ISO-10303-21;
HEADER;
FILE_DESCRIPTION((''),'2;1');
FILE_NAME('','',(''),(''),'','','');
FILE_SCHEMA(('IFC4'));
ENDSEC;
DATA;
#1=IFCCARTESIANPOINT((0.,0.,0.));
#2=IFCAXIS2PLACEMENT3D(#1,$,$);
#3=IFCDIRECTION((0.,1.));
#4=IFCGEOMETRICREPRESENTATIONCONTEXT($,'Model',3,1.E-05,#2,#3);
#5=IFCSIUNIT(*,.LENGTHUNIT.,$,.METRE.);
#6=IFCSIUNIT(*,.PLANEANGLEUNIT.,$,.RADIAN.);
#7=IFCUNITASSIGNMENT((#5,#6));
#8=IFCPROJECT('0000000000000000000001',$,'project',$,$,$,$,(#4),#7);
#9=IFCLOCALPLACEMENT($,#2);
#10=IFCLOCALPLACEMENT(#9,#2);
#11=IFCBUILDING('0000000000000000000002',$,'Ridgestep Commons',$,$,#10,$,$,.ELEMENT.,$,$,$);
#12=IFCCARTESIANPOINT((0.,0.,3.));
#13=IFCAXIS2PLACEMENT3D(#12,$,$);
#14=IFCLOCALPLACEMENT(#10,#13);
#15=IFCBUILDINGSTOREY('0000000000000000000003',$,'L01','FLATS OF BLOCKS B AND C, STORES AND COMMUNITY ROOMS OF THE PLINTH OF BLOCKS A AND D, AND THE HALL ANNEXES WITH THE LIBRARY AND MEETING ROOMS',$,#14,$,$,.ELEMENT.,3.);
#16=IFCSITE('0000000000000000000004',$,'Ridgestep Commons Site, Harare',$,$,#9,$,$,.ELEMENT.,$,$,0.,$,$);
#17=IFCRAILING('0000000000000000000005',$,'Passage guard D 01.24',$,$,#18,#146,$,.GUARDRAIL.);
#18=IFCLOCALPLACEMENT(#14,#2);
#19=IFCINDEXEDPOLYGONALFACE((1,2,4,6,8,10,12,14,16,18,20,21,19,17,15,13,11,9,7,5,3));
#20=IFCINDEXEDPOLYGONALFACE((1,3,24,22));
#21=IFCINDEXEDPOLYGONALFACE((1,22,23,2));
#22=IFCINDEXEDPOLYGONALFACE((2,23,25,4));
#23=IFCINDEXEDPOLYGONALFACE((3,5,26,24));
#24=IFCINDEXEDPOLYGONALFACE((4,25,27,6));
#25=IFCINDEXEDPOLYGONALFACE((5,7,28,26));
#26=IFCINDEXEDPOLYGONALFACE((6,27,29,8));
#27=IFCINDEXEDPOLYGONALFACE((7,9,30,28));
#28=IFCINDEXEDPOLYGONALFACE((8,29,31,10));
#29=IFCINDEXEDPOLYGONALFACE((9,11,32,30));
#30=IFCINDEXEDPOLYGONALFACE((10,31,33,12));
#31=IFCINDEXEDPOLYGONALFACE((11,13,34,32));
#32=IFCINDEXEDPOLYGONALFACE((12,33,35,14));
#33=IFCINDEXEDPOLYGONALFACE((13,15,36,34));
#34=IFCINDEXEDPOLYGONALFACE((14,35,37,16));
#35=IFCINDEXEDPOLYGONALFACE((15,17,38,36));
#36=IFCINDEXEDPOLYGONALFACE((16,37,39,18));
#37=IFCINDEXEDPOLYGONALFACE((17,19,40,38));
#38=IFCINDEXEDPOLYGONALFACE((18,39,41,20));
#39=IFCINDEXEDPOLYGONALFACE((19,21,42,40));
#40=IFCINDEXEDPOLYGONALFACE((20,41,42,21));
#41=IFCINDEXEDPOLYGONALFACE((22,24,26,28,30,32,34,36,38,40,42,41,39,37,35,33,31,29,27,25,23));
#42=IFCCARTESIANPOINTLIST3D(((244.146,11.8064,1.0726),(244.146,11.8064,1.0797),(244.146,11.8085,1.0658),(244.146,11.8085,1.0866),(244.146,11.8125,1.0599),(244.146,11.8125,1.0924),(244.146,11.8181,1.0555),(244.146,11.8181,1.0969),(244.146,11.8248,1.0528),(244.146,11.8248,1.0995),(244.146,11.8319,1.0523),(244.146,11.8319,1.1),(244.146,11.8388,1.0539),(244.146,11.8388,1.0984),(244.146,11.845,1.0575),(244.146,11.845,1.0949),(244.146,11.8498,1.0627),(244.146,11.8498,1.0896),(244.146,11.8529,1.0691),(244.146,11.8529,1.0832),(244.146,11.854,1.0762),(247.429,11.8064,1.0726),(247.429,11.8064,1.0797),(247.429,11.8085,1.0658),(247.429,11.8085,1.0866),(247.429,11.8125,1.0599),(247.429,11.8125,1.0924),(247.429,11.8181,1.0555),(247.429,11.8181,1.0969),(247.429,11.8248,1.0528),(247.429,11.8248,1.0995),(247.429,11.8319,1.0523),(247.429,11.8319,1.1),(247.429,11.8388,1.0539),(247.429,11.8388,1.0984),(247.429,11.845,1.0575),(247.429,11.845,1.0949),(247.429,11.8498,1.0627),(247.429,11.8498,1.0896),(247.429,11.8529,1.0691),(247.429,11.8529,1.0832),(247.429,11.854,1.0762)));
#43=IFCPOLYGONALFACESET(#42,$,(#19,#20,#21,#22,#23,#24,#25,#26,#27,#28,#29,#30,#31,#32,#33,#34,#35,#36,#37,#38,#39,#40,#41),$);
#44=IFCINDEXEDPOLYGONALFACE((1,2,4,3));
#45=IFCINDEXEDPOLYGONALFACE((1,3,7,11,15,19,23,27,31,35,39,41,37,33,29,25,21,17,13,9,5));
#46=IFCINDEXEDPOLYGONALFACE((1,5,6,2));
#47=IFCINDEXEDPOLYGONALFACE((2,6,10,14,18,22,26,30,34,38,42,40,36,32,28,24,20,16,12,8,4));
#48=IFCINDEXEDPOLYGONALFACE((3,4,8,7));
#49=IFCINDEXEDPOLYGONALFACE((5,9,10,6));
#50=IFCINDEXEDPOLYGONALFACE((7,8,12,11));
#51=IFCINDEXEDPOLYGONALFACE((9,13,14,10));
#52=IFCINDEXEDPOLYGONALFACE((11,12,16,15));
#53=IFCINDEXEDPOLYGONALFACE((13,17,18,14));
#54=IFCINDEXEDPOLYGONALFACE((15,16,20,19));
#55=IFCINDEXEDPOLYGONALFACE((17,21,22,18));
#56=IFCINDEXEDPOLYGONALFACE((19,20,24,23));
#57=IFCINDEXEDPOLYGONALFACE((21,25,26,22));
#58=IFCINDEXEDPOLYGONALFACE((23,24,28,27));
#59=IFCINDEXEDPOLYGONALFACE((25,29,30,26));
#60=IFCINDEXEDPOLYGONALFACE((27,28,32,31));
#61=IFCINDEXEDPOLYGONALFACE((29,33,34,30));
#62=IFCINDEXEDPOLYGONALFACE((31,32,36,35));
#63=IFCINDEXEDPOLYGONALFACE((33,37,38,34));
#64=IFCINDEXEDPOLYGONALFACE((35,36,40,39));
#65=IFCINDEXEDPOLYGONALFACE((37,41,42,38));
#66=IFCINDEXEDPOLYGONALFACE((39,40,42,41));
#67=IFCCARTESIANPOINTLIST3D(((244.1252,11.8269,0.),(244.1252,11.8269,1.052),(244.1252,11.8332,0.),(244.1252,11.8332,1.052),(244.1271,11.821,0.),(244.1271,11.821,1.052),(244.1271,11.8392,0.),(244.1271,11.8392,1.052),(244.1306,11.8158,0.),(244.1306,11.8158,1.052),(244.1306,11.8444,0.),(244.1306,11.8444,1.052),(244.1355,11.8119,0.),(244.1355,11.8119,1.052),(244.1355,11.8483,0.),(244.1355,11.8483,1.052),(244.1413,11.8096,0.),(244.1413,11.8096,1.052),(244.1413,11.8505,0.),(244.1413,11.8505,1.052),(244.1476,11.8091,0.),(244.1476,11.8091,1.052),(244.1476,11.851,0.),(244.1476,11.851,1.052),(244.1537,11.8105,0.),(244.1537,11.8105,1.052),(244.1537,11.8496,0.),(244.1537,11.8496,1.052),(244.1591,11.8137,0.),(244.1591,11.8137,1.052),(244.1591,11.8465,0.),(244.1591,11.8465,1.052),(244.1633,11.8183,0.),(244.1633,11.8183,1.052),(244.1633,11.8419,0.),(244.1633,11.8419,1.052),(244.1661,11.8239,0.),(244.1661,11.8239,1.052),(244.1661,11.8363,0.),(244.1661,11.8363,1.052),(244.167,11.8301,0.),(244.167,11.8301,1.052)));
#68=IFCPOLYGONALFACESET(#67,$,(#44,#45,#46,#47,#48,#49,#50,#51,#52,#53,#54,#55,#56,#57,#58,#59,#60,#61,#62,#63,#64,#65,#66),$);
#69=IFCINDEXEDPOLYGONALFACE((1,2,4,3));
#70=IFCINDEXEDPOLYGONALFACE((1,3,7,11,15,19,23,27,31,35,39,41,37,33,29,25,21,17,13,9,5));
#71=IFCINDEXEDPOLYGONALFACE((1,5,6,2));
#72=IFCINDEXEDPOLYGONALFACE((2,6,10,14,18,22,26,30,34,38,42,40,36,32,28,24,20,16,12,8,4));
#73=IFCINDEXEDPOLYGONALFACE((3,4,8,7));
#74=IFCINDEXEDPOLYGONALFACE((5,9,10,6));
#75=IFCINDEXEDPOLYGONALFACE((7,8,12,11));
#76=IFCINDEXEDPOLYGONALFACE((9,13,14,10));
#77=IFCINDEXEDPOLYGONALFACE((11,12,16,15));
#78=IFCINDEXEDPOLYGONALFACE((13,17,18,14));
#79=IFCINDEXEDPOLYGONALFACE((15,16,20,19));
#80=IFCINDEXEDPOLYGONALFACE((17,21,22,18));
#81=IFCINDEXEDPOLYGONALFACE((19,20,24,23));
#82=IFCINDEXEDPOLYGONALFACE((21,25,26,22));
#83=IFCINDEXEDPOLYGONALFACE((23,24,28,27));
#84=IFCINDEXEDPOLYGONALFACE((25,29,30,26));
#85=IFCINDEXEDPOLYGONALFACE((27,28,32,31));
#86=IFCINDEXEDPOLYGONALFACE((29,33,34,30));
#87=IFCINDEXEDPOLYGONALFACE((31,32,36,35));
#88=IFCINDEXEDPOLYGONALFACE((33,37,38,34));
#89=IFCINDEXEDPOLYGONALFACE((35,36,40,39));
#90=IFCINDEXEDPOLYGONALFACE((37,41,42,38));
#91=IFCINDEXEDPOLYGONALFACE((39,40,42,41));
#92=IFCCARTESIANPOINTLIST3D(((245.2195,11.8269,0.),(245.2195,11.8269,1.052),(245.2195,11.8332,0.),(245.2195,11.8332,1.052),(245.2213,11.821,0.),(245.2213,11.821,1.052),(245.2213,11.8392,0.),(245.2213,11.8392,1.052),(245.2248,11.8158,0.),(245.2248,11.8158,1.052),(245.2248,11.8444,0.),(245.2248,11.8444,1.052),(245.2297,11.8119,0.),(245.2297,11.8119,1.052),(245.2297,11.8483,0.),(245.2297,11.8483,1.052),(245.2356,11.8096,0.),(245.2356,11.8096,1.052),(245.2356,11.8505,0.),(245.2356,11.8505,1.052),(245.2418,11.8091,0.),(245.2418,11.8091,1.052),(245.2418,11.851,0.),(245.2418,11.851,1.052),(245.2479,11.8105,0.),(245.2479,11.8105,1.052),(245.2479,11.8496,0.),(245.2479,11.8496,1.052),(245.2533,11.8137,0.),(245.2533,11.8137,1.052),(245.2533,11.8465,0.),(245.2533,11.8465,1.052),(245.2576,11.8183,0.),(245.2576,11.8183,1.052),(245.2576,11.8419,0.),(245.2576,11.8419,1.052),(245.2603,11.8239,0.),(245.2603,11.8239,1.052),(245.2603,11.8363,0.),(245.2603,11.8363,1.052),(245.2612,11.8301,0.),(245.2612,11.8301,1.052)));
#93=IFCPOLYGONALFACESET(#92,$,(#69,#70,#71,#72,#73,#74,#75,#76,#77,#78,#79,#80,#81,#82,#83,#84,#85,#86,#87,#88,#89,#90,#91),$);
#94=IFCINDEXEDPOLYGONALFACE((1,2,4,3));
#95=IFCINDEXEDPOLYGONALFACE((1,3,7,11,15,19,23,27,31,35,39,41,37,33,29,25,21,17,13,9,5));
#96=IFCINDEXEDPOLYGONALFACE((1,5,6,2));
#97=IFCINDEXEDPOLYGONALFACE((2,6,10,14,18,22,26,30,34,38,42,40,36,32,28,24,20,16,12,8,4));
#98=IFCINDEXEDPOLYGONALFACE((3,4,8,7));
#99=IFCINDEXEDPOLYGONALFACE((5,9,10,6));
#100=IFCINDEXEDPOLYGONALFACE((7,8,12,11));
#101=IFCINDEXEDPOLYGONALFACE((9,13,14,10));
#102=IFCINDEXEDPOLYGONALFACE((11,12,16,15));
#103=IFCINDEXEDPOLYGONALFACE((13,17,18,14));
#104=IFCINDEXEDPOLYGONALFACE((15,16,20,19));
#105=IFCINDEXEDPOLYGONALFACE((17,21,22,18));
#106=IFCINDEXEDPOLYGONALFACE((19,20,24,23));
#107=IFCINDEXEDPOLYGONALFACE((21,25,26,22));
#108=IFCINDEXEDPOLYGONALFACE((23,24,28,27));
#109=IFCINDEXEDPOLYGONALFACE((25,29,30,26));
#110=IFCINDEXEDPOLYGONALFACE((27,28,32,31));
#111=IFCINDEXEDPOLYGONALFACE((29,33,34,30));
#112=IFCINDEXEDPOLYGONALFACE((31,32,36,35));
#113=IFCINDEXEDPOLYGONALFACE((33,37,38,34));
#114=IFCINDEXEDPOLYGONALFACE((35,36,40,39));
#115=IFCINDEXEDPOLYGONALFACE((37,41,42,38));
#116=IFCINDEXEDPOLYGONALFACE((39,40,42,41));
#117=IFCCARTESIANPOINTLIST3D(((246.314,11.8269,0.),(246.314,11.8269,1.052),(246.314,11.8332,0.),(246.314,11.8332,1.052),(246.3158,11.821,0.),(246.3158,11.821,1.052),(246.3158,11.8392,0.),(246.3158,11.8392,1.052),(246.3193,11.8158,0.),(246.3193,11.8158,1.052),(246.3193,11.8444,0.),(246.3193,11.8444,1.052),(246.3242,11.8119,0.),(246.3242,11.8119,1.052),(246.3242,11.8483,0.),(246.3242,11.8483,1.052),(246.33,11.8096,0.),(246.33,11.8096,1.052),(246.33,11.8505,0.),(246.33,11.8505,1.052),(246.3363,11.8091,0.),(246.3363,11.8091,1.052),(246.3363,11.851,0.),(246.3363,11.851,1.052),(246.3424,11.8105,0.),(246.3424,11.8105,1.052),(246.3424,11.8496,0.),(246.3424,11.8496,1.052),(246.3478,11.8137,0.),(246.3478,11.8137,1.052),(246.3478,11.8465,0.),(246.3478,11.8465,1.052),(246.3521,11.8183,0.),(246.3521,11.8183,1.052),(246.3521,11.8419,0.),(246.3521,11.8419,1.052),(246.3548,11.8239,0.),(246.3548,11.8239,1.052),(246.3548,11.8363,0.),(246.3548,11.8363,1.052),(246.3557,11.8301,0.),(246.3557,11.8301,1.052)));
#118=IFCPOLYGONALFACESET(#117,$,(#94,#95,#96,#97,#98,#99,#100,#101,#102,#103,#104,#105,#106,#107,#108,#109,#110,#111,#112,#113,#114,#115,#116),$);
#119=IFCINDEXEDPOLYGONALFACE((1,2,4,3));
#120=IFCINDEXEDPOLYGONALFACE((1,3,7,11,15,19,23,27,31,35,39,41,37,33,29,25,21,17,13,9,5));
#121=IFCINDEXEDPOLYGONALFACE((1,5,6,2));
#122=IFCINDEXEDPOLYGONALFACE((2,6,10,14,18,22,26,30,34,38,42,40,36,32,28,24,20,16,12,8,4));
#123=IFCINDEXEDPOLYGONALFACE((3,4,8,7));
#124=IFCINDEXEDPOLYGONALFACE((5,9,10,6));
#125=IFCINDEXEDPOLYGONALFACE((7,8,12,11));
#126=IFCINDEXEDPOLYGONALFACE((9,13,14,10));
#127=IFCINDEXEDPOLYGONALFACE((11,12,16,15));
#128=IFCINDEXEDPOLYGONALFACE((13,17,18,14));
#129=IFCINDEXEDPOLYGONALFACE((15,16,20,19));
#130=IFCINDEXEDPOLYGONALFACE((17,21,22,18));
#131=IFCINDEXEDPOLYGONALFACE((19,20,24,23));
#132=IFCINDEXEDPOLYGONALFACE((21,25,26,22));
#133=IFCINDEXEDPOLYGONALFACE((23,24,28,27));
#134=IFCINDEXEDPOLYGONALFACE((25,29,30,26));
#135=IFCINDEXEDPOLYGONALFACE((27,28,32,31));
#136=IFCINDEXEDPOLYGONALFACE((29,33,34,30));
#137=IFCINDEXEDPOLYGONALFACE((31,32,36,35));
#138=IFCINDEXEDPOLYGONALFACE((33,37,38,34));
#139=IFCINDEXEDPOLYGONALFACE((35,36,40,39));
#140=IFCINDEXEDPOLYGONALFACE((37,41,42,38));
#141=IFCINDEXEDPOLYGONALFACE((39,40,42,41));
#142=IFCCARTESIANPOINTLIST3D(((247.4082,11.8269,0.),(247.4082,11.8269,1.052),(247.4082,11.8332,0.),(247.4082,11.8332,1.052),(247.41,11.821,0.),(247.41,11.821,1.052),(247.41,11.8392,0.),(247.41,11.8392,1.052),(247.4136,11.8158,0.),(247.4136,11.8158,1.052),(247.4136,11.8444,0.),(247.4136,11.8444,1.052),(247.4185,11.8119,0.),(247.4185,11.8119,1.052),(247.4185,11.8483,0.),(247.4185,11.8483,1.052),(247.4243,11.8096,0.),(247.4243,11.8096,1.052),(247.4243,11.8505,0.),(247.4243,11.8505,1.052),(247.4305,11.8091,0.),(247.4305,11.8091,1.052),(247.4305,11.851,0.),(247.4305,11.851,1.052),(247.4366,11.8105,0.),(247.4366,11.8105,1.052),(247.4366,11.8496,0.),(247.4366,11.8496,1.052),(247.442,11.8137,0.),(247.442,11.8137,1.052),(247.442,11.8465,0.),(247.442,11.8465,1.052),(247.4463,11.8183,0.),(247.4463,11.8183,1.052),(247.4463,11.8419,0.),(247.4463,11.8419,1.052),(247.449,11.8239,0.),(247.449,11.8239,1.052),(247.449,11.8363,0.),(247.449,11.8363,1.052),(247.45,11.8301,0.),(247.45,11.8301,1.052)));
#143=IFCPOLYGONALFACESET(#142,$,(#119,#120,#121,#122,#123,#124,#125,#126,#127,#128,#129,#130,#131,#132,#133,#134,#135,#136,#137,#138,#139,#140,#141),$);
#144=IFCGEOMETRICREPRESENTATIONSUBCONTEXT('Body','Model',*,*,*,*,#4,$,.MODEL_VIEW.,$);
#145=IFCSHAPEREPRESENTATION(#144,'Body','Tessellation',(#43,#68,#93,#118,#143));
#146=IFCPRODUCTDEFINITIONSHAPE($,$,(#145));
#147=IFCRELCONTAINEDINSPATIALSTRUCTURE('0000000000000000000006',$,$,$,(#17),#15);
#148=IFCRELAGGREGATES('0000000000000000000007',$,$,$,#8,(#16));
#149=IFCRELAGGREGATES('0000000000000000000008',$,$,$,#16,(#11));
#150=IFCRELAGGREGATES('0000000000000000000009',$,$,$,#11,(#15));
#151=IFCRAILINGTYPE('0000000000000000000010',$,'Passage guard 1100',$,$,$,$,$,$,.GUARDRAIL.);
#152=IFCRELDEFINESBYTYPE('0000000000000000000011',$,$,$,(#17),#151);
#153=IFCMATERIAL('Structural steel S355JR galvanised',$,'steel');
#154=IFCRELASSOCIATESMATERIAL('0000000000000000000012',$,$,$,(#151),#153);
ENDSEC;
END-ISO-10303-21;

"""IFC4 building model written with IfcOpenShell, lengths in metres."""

from ifc_helpers import new_model, si_unit, direction, frame, origin, origin_2d, place, context, subcontext, project, spatial, circle, extrude, material, type_object, element, save


model = new_model("IFC4")

# Units and contexts
model_context = context("Model", 3, precision=1e-05, world=origin(), true_north=direction((0.0, 1.0)))
body_context = subcontext(model_context, "Body", "Model", "MODEL_VIEW")
ifc_project = project(units=[si_unit("LENGTHUNIT", "METRE"), si_unit("PLANEANGLEUNIT", "RADIAN")], contexts=[model_context])

# Site, building, storey
site_placement = place(None, origin())
site = spatial("IfcSite", under=ifc_project, at=site_placement, Name="Ridgestep Commons Site, Harare", CompositionType="ELEMENT", RefElevation=0.0)
building_placement = place(site_placement, origin())
building = spatial("IfcBuilding", under=site, at=building_placement, Name="Ridgestep Commons", CompositionType="ELEMENT")
storey_placement = place(building_placement, frame((0.0, 0.0, 3.0)))
storey = spatial("IfcBuildingStorey", under=building, at=storey_placement, Name="L01", Description="FLATS OF BLOCKS B AND C, STORES AND COMMUNITY ROOMS OF THE PLINTH OF BLOCKS A AND D, AND THE HALL ANNEXES WITH THE LIBRARY AND MEETING ROOMS", CompositionType="ELEMENT", Elevation=3.0)

# Railing
ifc_material_1 = material(Name="Structural steel S355JR galvanised", Category="steel")
railing_type_1 = type_object("IfcRailingType", Name="Passage guard 1100", PredefinedType="GUARDRAIL", material=ifc_material_1)
railing_1_placement = place(storey_placement, frame((244.146, 11.8301, 0.0)))
element("IfcRailing", 1, at=railing_1_placement, inside=storey, type_object=railing_type_1, Name="Passage guard D 01.24", PredefinedType="GUARDRAIL", context=body_context, shape_type="SweptSolid", body=[
    extrude(circle(Radius=0.0239, at=origin_2d()), frame((0.0, 0.0, 1.0762), z_axis=(1.0, 0.0, 0.0), x_axis=(0.0, 1.0, 0.0)), (0.0, 0.0, 1.0), 3.283),
    extrude(circle(Radius=0.021, at=origin_2d()), origin(), (0.0, 0.0, 1.0), 1.052),
    extrude(circle(Radius=0.021, at=origin_2d()), frame((1.0942, 0.0, 0.0)), (0.0, 0.0, 1.0), 1.052),
    extrude(circle(Radius=0.021, at=origin_2d()), frame((2.1887, 0.0, 0.0)), (0.0, 0.0, 1.0), 1.052),
    extrude(circle(Radius=0.021, at=origin_2d()), frame((3.283, 0.0, 0.0)), (0.0, 0.0, 1.0), 1.052),
])

save(model, "model.ifc")
